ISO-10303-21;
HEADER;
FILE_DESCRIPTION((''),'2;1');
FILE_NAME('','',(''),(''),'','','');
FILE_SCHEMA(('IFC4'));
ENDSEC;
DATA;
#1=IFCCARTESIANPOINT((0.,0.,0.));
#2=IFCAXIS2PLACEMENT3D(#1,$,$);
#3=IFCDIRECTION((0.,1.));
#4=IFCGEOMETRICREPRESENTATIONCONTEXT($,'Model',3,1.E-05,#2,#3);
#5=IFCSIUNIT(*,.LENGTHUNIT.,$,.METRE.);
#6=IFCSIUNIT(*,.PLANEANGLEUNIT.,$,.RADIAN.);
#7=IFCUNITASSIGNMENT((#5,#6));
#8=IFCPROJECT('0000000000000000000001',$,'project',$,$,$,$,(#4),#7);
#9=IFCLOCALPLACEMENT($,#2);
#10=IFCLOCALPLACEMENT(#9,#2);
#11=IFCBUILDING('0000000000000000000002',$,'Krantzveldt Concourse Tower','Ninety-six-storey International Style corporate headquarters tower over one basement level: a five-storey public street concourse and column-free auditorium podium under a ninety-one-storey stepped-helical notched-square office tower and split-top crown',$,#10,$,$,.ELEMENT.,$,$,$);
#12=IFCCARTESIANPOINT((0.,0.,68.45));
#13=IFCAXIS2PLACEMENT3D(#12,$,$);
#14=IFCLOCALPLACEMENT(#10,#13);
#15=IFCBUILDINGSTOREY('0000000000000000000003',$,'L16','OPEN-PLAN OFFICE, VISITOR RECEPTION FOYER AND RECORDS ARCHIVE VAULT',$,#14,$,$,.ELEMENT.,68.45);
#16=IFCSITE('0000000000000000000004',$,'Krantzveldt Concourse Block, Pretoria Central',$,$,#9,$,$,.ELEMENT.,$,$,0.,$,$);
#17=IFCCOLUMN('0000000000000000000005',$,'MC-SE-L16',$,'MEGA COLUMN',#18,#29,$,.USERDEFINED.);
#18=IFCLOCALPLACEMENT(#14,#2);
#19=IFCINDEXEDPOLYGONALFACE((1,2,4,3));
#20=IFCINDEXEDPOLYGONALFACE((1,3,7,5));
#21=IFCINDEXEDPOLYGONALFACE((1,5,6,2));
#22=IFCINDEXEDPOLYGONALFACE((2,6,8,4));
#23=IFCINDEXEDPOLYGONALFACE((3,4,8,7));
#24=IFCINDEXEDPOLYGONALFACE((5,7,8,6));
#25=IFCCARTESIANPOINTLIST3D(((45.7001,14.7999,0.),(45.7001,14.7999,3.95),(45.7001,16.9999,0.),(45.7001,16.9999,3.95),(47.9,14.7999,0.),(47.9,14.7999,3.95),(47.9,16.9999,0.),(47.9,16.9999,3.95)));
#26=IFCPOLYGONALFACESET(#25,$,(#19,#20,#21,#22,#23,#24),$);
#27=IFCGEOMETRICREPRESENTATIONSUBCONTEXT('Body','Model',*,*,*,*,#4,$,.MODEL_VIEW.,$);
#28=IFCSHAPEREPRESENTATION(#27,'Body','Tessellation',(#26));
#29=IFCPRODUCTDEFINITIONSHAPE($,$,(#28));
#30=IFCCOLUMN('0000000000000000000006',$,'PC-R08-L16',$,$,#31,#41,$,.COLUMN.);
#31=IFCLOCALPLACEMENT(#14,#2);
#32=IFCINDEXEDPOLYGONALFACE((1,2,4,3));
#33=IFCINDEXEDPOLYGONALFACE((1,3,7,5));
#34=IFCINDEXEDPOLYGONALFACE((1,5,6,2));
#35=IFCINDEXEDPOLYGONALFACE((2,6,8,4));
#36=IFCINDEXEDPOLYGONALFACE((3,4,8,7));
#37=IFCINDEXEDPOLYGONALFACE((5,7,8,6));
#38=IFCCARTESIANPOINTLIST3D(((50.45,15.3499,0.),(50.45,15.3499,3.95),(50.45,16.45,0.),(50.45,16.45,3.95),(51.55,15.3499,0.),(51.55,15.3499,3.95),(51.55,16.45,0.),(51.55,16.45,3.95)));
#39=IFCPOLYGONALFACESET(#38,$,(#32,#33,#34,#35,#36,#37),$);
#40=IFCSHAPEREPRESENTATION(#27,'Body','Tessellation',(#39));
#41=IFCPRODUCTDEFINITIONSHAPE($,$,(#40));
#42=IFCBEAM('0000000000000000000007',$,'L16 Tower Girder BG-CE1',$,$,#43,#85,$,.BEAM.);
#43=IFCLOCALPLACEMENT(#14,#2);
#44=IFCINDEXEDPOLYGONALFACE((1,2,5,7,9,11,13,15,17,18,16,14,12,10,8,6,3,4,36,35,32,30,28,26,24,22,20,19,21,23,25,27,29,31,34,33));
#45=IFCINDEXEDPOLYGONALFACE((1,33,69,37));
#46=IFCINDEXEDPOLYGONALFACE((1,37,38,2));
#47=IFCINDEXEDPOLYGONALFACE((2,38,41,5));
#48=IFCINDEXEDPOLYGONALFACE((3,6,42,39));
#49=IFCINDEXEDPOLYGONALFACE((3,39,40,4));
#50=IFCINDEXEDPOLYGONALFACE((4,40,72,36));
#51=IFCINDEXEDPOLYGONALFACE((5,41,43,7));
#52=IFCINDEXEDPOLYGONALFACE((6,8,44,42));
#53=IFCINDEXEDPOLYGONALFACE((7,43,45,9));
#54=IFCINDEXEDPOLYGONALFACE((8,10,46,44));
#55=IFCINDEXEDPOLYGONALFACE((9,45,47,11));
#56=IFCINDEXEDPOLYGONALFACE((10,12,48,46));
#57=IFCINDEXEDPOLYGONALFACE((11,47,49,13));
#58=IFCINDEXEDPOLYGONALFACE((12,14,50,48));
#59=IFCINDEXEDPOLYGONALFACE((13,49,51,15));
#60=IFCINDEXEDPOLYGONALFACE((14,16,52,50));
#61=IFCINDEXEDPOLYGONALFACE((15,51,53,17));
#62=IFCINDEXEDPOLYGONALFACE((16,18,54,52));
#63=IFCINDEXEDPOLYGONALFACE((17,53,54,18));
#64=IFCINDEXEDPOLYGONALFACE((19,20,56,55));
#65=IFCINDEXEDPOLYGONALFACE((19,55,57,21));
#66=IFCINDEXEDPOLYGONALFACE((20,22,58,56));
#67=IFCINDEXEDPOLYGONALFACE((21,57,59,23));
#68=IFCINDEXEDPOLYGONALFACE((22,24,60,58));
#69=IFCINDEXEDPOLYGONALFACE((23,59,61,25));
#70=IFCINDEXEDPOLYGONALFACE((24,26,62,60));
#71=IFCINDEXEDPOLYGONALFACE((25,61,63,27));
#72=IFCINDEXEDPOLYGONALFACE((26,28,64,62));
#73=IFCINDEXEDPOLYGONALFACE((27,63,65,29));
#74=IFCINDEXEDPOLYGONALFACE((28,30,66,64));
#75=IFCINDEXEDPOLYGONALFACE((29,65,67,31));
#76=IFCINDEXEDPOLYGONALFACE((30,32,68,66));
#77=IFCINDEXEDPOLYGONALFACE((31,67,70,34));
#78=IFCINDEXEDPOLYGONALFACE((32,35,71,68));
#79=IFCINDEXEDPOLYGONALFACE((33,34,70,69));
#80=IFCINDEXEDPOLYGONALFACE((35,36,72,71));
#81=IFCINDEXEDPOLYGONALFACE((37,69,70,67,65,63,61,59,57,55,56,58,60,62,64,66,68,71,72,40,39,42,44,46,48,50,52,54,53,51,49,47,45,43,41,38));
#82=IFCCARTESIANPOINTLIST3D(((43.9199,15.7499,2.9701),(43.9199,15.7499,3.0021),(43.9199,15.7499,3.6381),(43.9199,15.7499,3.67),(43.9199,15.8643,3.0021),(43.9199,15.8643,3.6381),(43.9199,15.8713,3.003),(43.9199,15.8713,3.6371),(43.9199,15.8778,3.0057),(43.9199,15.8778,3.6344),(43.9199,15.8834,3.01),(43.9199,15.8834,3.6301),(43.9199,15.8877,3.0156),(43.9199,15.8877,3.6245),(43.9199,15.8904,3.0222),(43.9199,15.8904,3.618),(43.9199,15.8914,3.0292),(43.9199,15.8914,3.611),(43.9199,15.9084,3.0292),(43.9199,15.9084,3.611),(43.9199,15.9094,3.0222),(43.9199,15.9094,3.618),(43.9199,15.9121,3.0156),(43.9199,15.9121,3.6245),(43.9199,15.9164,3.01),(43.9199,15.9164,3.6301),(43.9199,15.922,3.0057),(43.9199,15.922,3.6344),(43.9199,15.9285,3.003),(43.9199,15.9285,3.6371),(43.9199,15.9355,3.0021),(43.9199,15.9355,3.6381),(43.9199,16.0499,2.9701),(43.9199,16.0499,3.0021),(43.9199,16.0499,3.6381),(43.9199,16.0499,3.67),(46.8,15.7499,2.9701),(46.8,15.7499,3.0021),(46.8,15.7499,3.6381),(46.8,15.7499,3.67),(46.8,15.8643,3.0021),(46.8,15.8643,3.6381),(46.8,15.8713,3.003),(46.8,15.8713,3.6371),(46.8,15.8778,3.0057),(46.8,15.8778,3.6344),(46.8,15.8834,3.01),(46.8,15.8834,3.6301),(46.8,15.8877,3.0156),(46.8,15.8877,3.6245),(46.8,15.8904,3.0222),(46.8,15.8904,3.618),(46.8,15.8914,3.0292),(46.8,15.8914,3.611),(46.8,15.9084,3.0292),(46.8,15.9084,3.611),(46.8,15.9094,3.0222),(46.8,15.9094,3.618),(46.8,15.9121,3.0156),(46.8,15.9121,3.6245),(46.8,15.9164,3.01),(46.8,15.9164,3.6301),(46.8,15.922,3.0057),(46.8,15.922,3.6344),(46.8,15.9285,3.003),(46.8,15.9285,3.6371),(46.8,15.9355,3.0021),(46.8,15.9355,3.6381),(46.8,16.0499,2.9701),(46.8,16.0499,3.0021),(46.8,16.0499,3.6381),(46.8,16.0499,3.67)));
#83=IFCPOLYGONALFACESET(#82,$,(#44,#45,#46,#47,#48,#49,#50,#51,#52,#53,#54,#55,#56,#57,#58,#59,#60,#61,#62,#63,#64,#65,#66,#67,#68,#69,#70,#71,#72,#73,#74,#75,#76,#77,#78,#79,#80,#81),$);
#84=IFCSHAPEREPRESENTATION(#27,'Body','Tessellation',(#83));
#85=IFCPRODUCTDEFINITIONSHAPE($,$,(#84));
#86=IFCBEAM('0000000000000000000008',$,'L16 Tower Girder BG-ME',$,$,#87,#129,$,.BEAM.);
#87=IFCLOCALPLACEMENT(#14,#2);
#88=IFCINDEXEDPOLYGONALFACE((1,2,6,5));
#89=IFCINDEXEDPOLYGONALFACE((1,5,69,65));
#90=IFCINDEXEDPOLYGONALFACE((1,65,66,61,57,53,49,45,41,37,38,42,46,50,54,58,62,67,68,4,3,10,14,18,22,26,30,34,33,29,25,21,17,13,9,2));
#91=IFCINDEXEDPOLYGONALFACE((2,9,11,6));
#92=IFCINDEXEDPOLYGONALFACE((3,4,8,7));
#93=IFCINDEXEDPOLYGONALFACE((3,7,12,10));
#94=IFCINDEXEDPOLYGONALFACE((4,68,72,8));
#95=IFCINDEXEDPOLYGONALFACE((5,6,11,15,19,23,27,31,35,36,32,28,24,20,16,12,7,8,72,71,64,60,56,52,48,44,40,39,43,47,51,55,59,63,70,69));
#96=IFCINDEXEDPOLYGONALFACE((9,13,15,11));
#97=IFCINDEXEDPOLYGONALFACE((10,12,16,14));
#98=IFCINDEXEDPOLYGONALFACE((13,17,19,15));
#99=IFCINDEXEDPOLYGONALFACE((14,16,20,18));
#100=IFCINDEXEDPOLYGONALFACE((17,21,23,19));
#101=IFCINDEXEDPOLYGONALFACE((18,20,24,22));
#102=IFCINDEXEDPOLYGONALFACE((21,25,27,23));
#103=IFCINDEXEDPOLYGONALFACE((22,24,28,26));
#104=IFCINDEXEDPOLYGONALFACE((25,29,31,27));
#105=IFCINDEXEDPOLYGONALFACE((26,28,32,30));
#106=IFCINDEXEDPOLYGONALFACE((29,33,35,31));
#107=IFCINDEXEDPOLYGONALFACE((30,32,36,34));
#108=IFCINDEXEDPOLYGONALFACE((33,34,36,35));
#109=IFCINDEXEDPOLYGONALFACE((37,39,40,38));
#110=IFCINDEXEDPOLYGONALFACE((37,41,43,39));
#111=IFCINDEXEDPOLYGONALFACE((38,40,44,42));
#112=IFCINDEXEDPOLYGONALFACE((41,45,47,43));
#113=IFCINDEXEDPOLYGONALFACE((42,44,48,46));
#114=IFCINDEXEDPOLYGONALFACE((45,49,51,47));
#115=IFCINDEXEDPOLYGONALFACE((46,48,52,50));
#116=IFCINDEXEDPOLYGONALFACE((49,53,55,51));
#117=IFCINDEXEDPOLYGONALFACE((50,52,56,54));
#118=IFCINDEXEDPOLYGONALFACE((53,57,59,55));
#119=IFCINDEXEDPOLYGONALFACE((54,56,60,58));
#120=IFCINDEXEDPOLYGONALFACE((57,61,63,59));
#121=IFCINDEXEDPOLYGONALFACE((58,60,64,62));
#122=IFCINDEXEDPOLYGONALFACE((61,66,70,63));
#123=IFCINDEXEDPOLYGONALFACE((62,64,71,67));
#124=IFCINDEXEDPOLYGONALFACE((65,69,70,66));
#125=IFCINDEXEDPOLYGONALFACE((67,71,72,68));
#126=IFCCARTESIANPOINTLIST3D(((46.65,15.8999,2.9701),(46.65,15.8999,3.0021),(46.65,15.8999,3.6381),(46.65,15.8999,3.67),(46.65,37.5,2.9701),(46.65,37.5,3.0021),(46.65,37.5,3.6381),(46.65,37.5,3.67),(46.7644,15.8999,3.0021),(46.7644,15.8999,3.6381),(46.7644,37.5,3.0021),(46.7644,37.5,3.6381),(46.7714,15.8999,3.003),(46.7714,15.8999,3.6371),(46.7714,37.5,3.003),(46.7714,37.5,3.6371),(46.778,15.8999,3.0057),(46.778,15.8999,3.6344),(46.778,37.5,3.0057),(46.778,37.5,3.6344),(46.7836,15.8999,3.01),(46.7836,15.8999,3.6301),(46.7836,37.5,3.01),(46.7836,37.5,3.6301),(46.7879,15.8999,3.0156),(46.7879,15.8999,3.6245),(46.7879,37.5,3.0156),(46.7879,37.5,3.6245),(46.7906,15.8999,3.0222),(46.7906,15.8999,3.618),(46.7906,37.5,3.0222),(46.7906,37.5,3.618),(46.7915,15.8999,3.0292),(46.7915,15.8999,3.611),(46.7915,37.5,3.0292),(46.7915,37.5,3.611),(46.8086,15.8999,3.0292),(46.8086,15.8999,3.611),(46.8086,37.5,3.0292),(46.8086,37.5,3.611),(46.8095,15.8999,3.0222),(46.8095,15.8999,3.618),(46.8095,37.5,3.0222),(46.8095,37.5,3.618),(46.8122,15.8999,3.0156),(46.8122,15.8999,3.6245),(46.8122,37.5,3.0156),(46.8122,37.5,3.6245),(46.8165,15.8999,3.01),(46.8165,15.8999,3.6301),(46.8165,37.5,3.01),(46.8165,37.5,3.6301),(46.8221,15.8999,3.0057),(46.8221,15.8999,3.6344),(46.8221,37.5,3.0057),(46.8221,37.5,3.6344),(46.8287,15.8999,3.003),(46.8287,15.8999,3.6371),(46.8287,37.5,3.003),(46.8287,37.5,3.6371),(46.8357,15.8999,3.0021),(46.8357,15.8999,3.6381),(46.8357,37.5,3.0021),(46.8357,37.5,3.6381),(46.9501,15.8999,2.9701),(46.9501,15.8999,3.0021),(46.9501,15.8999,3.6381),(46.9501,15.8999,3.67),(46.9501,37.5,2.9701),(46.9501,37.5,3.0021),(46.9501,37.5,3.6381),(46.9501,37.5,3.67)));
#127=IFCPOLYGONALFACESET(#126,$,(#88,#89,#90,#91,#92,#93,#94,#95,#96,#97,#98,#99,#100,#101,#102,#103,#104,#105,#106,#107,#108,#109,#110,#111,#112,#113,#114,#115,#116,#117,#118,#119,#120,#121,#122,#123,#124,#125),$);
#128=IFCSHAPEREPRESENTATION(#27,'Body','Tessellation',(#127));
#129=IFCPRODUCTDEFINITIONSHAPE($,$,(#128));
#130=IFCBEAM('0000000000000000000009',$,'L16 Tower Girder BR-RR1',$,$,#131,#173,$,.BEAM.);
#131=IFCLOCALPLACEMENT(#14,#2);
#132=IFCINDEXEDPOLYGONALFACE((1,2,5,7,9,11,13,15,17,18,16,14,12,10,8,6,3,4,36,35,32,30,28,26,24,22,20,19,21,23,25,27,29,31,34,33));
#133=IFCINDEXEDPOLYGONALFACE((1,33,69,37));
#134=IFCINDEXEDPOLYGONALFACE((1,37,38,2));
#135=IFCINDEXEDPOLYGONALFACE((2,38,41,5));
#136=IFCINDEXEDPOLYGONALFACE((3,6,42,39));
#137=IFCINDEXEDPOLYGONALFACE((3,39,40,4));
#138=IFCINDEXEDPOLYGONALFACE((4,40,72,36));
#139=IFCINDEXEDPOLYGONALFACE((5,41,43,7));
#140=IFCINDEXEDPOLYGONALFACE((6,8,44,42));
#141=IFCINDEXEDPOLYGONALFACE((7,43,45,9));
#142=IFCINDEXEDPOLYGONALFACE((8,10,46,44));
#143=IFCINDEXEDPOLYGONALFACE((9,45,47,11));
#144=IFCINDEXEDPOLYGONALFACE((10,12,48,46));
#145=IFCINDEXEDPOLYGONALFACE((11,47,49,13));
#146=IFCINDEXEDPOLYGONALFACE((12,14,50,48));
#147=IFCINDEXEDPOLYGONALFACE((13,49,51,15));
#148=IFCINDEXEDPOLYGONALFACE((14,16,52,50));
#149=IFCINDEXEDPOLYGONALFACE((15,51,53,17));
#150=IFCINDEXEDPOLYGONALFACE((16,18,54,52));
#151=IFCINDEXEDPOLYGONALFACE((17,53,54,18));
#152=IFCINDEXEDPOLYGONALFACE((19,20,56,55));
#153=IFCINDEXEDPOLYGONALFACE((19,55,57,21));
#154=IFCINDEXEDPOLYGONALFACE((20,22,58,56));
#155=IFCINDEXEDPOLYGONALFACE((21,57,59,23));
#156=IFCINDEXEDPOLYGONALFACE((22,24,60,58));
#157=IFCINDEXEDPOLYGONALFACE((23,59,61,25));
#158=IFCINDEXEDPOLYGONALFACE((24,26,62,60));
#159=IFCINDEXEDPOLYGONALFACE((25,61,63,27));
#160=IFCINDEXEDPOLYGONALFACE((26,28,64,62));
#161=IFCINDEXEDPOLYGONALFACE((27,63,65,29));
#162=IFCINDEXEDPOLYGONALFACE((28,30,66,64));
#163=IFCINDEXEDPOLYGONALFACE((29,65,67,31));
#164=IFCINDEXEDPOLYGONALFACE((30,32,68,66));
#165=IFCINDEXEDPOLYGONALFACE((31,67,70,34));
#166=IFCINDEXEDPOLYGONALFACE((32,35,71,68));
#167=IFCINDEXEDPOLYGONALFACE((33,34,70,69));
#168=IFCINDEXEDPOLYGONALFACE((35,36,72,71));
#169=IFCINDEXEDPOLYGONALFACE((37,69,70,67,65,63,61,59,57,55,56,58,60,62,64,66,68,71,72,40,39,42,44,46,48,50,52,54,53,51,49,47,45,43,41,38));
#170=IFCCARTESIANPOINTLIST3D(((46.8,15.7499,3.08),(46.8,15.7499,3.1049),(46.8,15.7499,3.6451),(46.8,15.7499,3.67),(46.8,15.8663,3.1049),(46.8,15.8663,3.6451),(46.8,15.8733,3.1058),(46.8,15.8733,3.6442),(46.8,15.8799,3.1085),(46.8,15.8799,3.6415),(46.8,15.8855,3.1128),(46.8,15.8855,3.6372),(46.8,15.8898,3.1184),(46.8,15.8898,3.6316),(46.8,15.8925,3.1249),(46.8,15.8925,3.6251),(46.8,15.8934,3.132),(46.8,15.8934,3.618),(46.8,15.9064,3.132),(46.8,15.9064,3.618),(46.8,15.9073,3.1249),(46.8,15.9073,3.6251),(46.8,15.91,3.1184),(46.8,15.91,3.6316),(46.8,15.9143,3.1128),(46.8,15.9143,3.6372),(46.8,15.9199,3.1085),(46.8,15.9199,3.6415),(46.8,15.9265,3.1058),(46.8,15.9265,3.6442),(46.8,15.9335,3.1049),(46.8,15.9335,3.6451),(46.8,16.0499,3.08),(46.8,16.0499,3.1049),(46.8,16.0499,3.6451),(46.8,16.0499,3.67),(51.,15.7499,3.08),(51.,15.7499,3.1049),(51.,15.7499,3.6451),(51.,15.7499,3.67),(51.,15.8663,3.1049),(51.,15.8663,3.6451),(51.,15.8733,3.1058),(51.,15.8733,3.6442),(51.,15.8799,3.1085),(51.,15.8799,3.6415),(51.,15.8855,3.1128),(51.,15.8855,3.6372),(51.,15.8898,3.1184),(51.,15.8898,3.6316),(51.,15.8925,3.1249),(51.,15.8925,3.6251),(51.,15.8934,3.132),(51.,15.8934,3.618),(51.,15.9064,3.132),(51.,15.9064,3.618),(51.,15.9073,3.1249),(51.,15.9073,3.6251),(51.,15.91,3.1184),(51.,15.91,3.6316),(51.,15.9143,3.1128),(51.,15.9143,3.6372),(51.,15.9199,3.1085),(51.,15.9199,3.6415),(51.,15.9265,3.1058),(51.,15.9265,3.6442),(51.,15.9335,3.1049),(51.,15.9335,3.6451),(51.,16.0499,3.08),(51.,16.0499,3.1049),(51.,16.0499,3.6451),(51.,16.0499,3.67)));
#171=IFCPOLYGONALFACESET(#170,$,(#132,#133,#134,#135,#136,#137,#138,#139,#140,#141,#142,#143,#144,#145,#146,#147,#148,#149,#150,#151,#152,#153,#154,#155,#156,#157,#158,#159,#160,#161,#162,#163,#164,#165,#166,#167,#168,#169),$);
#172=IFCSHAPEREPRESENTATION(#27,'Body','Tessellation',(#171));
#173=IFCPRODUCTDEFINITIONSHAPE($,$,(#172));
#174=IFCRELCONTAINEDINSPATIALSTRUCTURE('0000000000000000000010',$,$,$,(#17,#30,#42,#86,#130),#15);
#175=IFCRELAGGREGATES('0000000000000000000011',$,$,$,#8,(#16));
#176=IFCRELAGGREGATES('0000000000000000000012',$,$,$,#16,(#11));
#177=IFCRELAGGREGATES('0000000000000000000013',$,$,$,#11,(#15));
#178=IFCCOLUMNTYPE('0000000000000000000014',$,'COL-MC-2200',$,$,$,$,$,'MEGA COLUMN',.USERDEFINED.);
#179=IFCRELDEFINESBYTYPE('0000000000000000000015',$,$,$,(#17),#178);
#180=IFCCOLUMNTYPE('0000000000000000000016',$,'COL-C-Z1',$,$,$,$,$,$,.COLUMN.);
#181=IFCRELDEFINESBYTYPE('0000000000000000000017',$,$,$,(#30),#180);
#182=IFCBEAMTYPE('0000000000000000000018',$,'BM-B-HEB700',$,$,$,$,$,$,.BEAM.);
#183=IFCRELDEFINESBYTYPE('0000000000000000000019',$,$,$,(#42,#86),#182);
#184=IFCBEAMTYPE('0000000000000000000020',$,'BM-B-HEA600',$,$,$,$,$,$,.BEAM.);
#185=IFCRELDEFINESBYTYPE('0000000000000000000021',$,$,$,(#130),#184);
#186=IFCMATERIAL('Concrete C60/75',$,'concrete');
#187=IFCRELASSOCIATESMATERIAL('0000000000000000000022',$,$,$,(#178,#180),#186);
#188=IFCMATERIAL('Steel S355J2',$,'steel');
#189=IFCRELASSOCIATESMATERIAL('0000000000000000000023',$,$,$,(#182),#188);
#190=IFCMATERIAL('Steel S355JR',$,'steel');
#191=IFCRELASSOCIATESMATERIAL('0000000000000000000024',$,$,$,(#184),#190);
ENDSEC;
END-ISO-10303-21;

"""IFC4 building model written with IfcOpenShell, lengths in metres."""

from ifc_helpers import new_model, si_unit, direction, frame, origin, origin_2d, place, context, subcontext, project, spatial, rectangle, i_section, extrude, source, transform, mapped, material, material_profile, profile_set, type_object, type_shapes, element, save


model = new_model("IFC4")

# Units and contexts
model_context = context("Model", 3, precision=1e-05, world=origin(), true_north=direction((0.0, 1.0)))
body_context = subcontext(model_context, "Body", "Model", "MODEL_VIEW")
ifc_project = project(units=[si_unit("LENGTHUNIT", "METRE"), si_unit("PLANEANGLEUNIT", "RADIAN")], contexts=[model_context])

# Site, building, storey
site_placement = place(None, origin())
site = spatial("IfcSite", under=ifc_project, at=site_placement, Name="Krantzveldt Concourse Block, Pretoria Central", CompositionType="ELEMENT", RefElevation=0.0)
building_placement = place(site_placement, origin())
building = spatial("IfcBuilding", under=site, at=building_placement, Name="Krantzveldt Concourse Tower", Description="Ninety-six-storey International Style corporate headquarters tower over one basement level: a five-storey public street concourse and column-free auditorium podium under a ninety-one-storey stepped-helical notched-square office tower and split-top crown", CompositionType="ELEMENT")
storey_placement = place(building_placement, frame((0.0, 0.0, 68.45)))
storey = spatial("IfcBuildingStorey", under=building, at=storey_placement, Name="L16", Description="OPEN-PLAN OFFICE, VISITOR RECEPTION FOYER AND RECORDS ARCHIVE VAULT", CompositionType="ELEMENT", Elevation=68.45)

# Columns
ifc_material_1 = material(Name="Concrete C60/75", Category="concrete")
ifc_material_profile_1 = material_profile(ifc_material_1, rectangle(XDim=2.2, YDim=2.2, at=origin_2d()), Name="Concrete C60/75", Category="concrete")
ifc_profile_set_1 = profile_set([ifc_material_profile_1], Name="Concrete C60/75 - RC 2200x2200")
column_type_1 = type_object("IfcColumnType", Name="COL-MC-2200", ElementType="MEGA COLUMN", PredefinedType="USERDEFINED", material=ifc_profile_set_1)
shared_shape_1 = source(origin(), body_context, "Body", "SweptSolid", [
    extrude(rectangle(XDim=2.2, YDim=2.2, at=origin_2d()), origin(), (0.0, 0.0, 1.0), 3.95),
])
type_shapes(column_type_1, [shared_shape_1])
column_1_placement = place(storey_placement, frame((46.8, 15.8999, 0.0), z_axis=(0.0, 0.0, 1.0), x_axis=(1.0, 0.0, 0.0)))
element("IfcColumn", 1, at=column_1_placement, inside=storey, type_object=column_type_1, Name="MC-SE-L16", ObjectType="MEGA COLUMN", PredefinedType="USERDEFINED", context=body_context, shape_type="MappedRepresentation", body=[
    mapped(shared_shape_1, transform((0.0, 0.0, 0.0), x_axis=(1.0, 0.0, 0.0), y_axis=(0.0, 1.0, 0.0), z_axis=(0.0, 0.0, 1.0), scale=1.0)),
])
ifc_material_profile_2 = material_profile(ifc_material_1, rectangle(XDim=1.1001, YDim=1.1001, at=origin_2d()), Name="Concrete C60/75", Category="concrete")
ifc_profile_set_2 = profile_set([ifc_material_profile_2], Name="Concrete C60/75 - RC 1100x1100")
column_type_2 = type_object("IfcColumnType", Name="COL-C-Z1", PredefinedType="COLUMN", material=ifc_profile_set_2)
shared_shape_2 = source(origin(), body_context, "Body", "SweptSolid", [
    extrude(rectangle(XDim=1.1001, YDim=1.1001, at=origin_2d()), origin(), (0.0, 0.0, 1.0), 3.95),
])
type_shapes(column_type_2, [shared_shape_2])
column_2_placement = place(storey_placement, frame((51.0, 15.8999, 0.0), z_axis=(0.0, 0.0, 1.0), x_axis=(1.0, 0.0, 0.0)))
element("IfcColumn", 2, at=column_2_placement, inside=storey, type_object=column_type_2, Name="PC-R08-L16", PredefinedType="COLUMN", context=body_context, shape_type="MappedRepresentation", body=[
    mapped(shared_shape_2, transform((0.0, 0.0, 0.0), x_axis=(1.0, 0.0, 0.0), y_axis=(0.0, 1.0, 0.0), z_axis=(0.0, 0.0, 1.0), scale=1.0)),
])

# Beams
ifc_material_2 = material(Name="Steel S355J2", Category="steel")
ifc_material_profile_3 = material_profile(ifc_material_2, i_section(OverallWidth=0.3, OverallDepth=0.7, WebThickness=0.0171, FlangeThickness=0.032, FilletRadius=0.0271, at=origin_2d()), Name="Steel S355J2", Category="steel")
ifc_profile_set_3 = profile_set([ifc_material_profile_3], Name="Steel S355J2 - HEB 700")
beam_type_1 = type_object("IfcBeamType", Name="BM-B-HEB700", PredefinedType="BEAM", material=ifc_profile_set_3)
shared_shape_3 = source(origin(), body_context, "Body", "SweptSolid", [
    extrude(i_section(OverallWidth=0.3, OverallDepth=0.7, WebThickness=0.0171, FlangeThickness=0.032, FilletRadius=0.0271, at=origin_2d()), origin(), (0.0, 0.0, 1.0), 2.8801),
])
beam_1_placement = place(storey_placement, frame((43.9199, 15.8999, 3.3201), z_axis=(1.0, 0.0, 0.0), x_axis=(0.0, 1.0, 0.0)))
element("IfcBeam", 3, at=beam_1_placement, inside=storey, type_object=beam_type_1, Name="L16 Tower Girder BG-CE1", PredefinedType="BEAM", context=body_context, shape_type="MappedRepresentation", body=[
    mapped(shared_shape_3, transform((0.0, 0.0, 0.0), x_axis=(1.0, 0.0, 0.0), y_axis=(0.0, 1.0, 0.0), z_axis=(0.0, 0.0, 1.0), scale=1.0)),
])
shared_shape_4 = source(origin(), body_context, "Body", "SweptSolid", [
    extrude(i_section(OverallWidth=0.3, OverallDepth=0.7, WebThickness=0.0171, FlangeThickness=0.032, FilletRadius=0.0271, at=origin_2d()), origin(), (0.0, 0.0, 1.0), 21.6001),
])
type_shapes(beam_type_1, [shared_shape_3, shared_shape_4])
beam_2_placement = place(storey_placement, frame((46.8, 15.8999, 3.3201), z_axis=(0.0, 1.0, 0.0), x_axis=(-1.0, 0.0, 0.0)))
element("IfcBeam", 4, at=beam_2_placement, inside=storey, type_object=beam_type_1, Name="L16 Tower Girder BG-ME", PredefinedType="BEAM", context=body_context, shape_type="MappedRepresentation", body=[
    mapped(shared_shape_4, transform((0.0, 0.0, 0.0), x_axis=(1.0, 0.0, 0.0), y_axis=(0.0, 1.0, 0.0), z_axis=(0.0, 0.0, 1.0), scale=1.0)),
])
ifc_material_3 = material(Name="Steel S355JR", Category="steel")
ifc_material_profile_4 = material_profile(ifc_material_3, i_section(OverallWidth=0.3, OverallDepth=0.5901, WebThickness=0.0129, FlangeThickness=0.0249, FilletRadius=0.0271, at=origin_2d()), Name="Steel S355JR", Category="steel")
ifc_profile_set_4 = profile_set([ifc_material_profile_4], Name="Steel S355JR - HEA 600")
beam_type_2 = type_object("IfcBeamType", Name="BM-B-HEA600", PredefinedType="BEAM", material=ifc_profile_set_4)
shared_shape_5 = source(origin(), body_context, "Body", "SweptSolid", [
    extrude(i_section(OverallWidth=0.3, OverallDepth=0.5901, WebThickness=0.0129, FlangeThickness=0.0249, FilletRadius=0.0271, at=origin_2d()), origin(), (0.0, 0.0, 1.0), 4.2),
])
beam_3_placement = place(storey_placement, frame((46.8, 15.8999, 3.375), z_axis=(1.0, 0.0, 0.0), x_axis=(0.0, 1.0, 0.0)))
element("IfcBeam", 5, at=beam_3_placement, inside=storey, type_object=beam_type_2, Name="L16 Tower Girder BR-RR1", PredefinedType="BEAM", context=body_context, shape_type="MappedRepresentation", body=[
    mapped(shared_shape_5, transform((0.0, 0.0, 0.0), x_axis=(1.0, 0.0, 0.0), y_axis=(0.0, 1.0, 0.0), z_axis=(0.0, 0.0, 1.0), scale=1.0)),
])

save(model, "model.ifc")
